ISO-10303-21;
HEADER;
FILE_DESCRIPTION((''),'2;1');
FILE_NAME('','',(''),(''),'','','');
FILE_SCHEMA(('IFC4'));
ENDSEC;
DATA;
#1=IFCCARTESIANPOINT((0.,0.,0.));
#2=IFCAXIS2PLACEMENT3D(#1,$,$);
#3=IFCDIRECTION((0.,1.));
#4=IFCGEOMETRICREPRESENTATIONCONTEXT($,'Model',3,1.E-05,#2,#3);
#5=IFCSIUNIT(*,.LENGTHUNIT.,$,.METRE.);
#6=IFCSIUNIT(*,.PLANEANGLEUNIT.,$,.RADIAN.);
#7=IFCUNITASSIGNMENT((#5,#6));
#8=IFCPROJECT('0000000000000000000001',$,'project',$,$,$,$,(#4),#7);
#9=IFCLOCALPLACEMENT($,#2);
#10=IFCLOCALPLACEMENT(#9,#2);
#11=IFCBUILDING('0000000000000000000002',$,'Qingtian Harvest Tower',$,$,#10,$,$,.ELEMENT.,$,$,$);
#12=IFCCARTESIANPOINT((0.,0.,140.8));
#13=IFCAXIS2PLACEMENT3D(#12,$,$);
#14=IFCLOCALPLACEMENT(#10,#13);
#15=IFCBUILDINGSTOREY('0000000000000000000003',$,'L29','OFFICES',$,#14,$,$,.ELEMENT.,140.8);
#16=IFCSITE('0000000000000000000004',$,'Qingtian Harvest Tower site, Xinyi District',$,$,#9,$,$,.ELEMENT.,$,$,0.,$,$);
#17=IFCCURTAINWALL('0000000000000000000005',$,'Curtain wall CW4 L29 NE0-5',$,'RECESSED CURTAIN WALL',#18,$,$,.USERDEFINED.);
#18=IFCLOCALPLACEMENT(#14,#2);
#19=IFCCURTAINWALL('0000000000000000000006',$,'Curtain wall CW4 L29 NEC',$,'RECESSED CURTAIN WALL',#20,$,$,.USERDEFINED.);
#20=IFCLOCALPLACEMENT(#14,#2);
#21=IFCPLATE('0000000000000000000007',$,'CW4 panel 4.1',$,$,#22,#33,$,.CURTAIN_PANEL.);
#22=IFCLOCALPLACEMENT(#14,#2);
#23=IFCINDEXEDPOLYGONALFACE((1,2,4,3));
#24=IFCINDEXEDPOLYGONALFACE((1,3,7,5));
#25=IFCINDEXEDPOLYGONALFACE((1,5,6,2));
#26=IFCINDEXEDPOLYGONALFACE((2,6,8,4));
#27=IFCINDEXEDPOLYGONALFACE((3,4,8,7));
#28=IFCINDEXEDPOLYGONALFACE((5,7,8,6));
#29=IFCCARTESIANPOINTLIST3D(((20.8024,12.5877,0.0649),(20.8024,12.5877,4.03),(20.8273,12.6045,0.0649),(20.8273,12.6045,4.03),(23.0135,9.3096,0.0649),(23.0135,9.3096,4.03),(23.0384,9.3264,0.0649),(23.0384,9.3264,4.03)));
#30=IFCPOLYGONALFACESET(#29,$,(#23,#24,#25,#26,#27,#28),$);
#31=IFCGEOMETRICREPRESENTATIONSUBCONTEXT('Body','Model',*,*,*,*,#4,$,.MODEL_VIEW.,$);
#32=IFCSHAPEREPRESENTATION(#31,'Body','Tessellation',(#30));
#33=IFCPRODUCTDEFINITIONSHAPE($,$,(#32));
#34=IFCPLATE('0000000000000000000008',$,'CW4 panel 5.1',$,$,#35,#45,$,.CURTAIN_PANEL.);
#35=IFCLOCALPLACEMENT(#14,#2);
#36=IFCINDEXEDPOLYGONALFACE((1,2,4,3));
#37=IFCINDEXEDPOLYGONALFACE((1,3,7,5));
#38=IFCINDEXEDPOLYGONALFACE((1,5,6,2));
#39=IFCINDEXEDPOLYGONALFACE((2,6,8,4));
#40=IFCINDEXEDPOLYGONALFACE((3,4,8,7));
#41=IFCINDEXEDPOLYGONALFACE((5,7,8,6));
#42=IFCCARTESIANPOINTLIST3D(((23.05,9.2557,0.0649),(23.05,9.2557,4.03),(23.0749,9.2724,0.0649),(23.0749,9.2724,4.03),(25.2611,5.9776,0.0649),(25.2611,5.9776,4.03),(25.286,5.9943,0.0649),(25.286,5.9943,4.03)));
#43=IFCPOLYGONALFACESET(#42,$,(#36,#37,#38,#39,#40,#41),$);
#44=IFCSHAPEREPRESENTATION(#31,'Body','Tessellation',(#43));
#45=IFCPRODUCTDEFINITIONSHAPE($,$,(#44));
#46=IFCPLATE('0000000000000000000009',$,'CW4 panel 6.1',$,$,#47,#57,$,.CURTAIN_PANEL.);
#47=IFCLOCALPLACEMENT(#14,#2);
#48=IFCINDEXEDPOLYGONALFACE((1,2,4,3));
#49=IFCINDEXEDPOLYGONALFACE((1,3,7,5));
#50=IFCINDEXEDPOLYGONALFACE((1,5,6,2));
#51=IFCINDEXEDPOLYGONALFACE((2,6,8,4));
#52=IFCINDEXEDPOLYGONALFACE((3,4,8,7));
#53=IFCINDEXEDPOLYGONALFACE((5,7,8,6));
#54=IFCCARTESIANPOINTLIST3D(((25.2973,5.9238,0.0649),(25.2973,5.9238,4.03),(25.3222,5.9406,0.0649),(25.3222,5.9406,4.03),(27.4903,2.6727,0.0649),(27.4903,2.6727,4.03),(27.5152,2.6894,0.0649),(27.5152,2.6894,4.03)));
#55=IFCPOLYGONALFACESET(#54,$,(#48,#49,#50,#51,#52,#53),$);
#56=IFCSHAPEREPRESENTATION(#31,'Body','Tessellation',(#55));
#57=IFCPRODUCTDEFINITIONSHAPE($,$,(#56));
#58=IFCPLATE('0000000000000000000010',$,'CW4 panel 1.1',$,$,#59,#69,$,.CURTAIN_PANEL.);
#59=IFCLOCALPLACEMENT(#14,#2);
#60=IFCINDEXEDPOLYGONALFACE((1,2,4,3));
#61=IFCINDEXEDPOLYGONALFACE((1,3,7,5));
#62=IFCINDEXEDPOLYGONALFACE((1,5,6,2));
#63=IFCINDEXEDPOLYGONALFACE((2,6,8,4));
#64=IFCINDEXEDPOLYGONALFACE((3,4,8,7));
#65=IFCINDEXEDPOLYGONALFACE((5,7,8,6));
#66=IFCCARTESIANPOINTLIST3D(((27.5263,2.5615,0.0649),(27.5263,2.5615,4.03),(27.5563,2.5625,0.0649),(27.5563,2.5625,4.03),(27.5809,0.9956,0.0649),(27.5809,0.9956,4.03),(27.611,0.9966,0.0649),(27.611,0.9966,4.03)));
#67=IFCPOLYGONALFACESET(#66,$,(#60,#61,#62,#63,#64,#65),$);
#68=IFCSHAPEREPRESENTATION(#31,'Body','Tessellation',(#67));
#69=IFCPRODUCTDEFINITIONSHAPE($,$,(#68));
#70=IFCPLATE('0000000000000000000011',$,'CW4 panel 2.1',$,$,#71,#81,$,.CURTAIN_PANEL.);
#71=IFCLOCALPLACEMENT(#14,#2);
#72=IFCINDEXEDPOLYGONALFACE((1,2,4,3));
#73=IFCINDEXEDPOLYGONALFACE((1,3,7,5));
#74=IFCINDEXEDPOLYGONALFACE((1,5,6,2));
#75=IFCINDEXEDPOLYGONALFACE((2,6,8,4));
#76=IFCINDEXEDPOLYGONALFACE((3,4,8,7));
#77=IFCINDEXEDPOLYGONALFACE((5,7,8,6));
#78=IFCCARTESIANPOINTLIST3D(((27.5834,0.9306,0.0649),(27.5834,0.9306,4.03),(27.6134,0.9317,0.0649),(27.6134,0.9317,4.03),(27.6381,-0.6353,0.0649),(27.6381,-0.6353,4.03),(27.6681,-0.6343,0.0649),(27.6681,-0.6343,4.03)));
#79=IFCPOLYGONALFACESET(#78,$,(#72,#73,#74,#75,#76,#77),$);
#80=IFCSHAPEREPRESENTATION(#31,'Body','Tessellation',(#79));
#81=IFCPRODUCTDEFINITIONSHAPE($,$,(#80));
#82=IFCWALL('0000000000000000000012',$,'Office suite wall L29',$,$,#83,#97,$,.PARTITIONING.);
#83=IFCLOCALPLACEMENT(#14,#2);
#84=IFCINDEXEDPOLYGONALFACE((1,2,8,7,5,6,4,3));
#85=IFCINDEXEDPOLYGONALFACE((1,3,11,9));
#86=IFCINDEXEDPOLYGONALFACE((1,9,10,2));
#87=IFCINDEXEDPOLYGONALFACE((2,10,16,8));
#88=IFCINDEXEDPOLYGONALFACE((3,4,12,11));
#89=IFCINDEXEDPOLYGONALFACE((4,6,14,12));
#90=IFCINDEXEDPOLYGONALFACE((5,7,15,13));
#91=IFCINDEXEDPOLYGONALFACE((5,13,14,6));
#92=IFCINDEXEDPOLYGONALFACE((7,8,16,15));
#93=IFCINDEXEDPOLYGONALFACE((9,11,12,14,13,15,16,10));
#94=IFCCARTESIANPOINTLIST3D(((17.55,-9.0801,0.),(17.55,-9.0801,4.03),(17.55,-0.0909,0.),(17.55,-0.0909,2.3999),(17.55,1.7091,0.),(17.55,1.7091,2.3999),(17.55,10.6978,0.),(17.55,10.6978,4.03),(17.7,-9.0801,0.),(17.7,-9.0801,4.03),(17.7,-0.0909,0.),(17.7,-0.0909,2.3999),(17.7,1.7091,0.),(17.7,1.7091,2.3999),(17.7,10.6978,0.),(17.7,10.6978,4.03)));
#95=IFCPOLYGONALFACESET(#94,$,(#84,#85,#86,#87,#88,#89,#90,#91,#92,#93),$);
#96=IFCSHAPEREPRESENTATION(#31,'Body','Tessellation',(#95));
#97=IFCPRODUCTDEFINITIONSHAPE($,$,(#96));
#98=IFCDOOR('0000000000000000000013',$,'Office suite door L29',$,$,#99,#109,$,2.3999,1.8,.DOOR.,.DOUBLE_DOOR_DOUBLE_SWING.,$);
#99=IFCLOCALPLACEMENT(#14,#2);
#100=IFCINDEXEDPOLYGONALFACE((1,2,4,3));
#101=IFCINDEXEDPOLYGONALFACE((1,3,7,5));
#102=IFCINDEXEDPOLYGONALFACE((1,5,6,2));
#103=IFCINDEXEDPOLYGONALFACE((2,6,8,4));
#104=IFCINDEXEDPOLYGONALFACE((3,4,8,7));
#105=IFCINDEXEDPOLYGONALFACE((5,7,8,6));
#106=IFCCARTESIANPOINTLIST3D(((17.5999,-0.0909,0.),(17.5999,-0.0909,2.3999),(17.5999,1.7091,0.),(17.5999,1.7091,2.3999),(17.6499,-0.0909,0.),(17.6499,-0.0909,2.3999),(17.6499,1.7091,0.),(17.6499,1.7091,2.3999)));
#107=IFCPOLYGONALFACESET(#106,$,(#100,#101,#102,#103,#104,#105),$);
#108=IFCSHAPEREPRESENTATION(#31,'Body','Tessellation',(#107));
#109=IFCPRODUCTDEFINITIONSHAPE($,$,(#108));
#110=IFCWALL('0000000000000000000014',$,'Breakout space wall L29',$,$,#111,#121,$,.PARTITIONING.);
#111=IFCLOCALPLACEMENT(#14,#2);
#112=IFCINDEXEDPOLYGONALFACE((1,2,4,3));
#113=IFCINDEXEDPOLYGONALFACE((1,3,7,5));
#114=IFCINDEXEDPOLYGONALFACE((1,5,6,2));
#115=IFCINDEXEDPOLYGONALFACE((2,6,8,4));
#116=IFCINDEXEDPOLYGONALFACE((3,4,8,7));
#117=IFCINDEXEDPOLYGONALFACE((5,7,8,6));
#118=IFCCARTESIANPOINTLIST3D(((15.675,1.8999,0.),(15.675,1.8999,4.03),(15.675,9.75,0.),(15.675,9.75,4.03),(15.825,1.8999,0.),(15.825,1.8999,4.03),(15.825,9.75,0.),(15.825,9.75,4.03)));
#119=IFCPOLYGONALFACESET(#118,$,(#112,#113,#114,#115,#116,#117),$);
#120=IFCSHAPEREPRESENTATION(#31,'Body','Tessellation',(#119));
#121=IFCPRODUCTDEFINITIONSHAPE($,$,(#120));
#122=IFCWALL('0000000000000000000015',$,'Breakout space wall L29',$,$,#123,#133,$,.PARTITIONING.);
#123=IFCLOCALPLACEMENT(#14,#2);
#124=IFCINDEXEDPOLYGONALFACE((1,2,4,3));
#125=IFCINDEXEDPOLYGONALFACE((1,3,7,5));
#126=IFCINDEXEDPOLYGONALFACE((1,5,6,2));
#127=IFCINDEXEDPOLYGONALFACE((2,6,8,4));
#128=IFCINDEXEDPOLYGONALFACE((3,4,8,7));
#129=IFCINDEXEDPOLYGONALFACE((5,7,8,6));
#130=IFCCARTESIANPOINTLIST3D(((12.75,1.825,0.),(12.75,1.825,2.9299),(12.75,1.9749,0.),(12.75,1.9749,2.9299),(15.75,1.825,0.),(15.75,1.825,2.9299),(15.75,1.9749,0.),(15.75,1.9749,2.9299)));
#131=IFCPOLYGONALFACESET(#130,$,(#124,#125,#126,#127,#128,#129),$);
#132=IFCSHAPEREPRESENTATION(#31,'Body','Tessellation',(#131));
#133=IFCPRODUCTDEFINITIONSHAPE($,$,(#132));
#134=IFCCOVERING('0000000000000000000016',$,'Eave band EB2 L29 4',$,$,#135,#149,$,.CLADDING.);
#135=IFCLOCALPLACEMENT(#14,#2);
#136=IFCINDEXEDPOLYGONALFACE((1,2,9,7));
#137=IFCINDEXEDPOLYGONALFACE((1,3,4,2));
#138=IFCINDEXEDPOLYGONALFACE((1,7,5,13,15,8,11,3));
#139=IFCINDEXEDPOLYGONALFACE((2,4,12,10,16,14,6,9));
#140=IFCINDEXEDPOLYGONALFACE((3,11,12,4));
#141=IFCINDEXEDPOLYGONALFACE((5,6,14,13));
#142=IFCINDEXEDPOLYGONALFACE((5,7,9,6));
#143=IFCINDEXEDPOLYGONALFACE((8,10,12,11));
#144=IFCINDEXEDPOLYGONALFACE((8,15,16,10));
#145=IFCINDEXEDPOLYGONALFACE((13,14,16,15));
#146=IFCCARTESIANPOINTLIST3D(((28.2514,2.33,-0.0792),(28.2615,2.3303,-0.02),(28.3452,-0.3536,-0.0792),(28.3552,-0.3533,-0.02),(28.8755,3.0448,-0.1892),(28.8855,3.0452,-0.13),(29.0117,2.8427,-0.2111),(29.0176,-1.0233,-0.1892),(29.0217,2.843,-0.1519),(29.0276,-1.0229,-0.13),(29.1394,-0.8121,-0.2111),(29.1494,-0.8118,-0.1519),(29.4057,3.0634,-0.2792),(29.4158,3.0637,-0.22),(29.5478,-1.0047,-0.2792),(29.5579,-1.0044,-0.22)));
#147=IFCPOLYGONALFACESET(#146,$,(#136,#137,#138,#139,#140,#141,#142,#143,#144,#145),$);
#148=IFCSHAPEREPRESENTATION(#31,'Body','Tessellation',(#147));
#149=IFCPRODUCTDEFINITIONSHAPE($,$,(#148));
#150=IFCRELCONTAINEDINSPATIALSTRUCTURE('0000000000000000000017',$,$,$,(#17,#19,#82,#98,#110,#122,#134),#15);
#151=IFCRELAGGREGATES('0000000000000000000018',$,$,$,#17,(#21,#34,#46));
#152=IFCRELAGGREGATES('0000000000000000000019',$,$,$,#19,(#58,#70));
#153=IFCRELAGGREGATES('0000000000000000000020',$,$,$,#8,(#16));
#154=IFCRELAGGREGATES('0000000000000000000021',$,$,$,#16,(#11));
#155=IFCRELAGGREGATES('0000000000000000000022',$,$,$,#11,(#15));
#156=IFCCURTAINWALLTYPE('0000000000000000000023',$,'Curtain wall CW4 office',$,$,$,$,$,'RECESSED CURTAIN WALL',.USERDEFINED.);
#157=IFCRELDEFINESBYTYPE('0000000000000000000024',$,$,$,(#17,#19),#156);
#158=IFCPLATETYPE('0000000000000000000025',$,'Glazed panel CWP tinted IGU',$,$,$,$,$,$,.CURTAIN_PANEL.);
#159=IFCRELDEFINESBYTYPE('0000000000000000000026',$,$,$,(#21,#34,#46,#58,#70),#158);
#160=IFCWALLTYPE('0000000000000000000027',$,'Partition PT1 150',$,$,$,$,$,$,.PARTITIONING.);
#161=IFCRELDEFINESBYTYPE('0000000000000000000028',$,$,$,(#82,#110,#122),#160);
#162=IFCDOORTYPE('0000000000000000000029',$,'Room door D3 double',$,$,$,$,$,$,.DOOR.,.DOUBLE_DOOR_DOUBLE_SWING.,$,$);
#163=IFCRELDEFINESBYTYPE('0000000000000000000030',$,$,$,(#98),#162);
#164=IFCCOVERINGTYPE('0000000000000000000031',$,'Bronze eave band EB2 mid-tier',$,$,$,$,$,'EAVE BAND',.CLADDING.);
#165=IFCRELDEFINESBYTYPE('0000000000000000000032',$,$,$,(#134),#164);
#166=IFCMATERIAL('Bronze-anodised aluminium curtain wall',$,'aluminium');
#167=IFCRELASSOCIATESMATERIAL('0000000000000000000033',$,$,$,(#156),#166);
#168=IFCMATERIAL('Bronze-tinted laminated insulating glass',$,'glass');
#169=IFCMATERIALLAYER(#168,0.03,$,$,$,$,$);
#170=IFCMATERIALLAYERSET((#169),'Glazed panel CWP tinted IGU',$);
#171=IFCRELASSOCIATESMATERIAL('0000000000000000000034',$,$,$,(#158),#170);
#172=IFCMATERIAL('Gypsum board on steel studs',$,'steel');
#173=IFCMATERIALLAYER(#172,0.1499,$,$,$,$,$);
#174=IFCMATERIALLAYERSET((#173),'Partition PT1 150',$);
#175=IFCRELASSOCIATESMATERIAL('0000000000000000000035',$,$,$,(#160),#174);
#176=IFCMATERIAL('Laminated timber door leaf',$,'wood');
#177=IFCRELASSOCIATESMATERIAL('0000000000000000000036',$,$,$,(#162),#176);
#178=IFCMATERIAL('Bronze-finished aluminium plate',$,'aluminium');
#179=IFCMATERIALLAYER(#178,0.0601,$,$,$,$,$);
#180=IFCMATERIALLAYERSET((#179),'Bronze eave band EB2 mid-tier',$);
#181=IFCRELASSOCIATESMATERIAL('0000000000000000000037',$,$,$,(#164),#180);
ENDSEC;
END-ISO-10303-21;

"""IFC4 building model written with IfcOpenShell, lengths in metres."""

from ifc_helpers import new_model, si_unit, direction, frame, frame_2d, origin, origin_2d, place, context, subcontext, project, spatial, polyline, rectangle, outline, extrude, material, layer, layer_set, type_object, element, fill, aggregate, save


model = new_model("IFC4")

# Units and contexts
model_context = context("Model", 3, precision=1e-05, world=origin(), true_north=direction((0.0, 1.0)))
body_context = subcontext(model_context, "Body", "Model", "MODEL_VIEW")
ifc_project = project(units=[si_unit("LENGTHUNIT", "METRE"), si_unit("PLANEANGLEUNIT", "RADIAN")], contexts=[model_context])

# Site, building, storey
site_placement = place(None, origin())
site = spatial("IfcSite", under=ifc_project, at=site_placement, Name="Qingtian Harvest Tower site, Xinyi District", CompositionType="ELEMENT", RefElevation=0.0)
building_placement = place(site_placement, origin())
building = spatial("IfcBuilding", under=site, at=building_placement, Name="Qingtian Harvest Tower", CompositionType="ELEMENT")
storey_placement = place(building_placement, frame((0.0, 0.0, 140.8)))
storey = spatial("IfcBuildingStorey", under=building, at=storey_placement, Name="L29", Description="OFFICES", CompositionType="ELEMENT", Elevation=140.8)

# Curtain walls
ifc_material_1 = material(Name="Bronze-anodised aluminium curtain wall", Category="aluminium")
curtain_wall_type = type_object("IfcCurtainWallType", Name="Curtain wall CW4 office", ElementType="RECESSED CURTAIN WALL", PredefinedType="USERDEFINED", material=ifc_material_1)
curtain_wall_1_placement = place(storey_placement, origin())
curtain_wall_1 = element("IfcCurtainWall", 1, at=curtain_wall_1_placement, inside=storey, type_object=curtain_wall_type, Name="Curtain wall CW4 L29 NE0-5", ObjectType="RECESSED CURTAIN WALL", PredefinedType="USERDEFINED")
curtain_wall_2_placement = place(storey_placement, origin())
curtain_wall_2 = element("IfcCurtainWall", 2, at=curtain_wall_2_placement, inside=storey, type_object=curtain_wall_type, Name="Curtain wall CW4 L29 NEC", ObjectType="RECESSED CURTAIN WALL", PredefinedType="USERDEFINED")

# Plates
ifc_material_2 = material(Name="Bronze-tinted laminated insulating glass", Category="glass")
ifc_layer_1 = layer(ifc_material_2, 0.03)
ifc_layer_set_1 = layer_set([ifc_layer_1], Name="Glazed panel CWP tinted IGU")
plate_type = type_object("IfcPlateType", Name="Glazed panel CWP tinted IGU", PredefinedType="CURTAIN_PANEL", material=ifc_layer_set_1)
plate_1_placement = place(storey_placement, frame((21.9204, 10.957, 0.0649), z_axis=(0.0, 0.0, 1.0), x_axis=(0.559193, -0.829038, 0.0)))
plate_1 = element("IfcPlate", 3, at=plate_1_placement, type_object=plate_type, Name="CW4 panel 4.1", PredefinedType="CURTAIN_PANEL", context=body_context, shape_type="SweptSolid", body=[
    extrude(rectangle(XDim=3.9541, YDim=0.03, at=origin_2d()), origin(), (0.0, 0.0, 1.0), 3.9651),
])
plate_2_placement = place(storey_placement, frame((24.168, 7.625, 0.0649), z_axis=(0.0, 0.0, 1.0), x_axis=(0.559193, -0.829038, 0.0)))
plate_2 = element("IfcPlate", 4, at=plate_2_placement, type_object=plate_type, Name="CW4 panel 5.1", PredefinedType="CURTAIN_PANEL", context=body_context, shape_type="SweptSolid", body=[
    extrude(rectangle(XDim=3.9541, YDim=0.03, at=origin_2d()), origin(), (0.0, 0.0, 1.0), 3.9651),
])
plate_3_placement = place(storey_placement, frame((26.4062, 4.3066, 0.0649), z_axis=(0.0, 0.0, 1.0), x_axis=(0.559193, -0.829038, 0.0)))
plate_3 = element("IfcPlate", 5, at=plate_3_placement, type_object=plate_type, Name="CW4 panel 6.1", PredefinedType="CURTAIN_PANEL", context=body_context, shape_type="SweptSolid", body=[
    extrude(rectangle(XDim=3.9216, YDim=0.03, at=origin_2d()), origin(), (0.0, 0.0, 1.0), 3.9651),
])
aggregate(curtain_wall_1, [plate_1, plate_2, plate_3])
plate_4_placement = place(storey_placement, frame((27.5686, 1.7791, 0.0649), z_axis=(0.0, 0.0, 1.0), x_axis=(0.034899, -0.999391, 0.0)))
plate_4 = element("IfcPlate", 6, at=plate_4_placement, type_object=plate_type, Name="CW4 panel 1.1", PredefinedType="CURTAIN_PANEL", context=body_context, shape_type="SweptSolid", body=[
    extrude(rectangle(XDim=1.5669, YDim=0.03, at=origin_2d()), origin(), (0.0, 0.0, 1.0), 3.9651),
])
plate_5_placement = place(storey_placement, frame((27.6257, 0.1482, 0.0649), z_axis=(0.0, 0.0, 1.0), x_axis=(0.034899, -0.999391, 0.0)))
plate_5 = element("IfcPlate", 7, at=plate_5_placement, type_object=plate_type, Name="CW4 panel 2.1", PredefinedType="CURTAIN_PANEL", context=body_context, shape_type="SweptSolid", body=[
    extrude(rectangle(XDim=1.5669, YDim=0.03, at=origin_2d()), origin(), (0.0, 0.0, 1.0), 3.9651),
])
aggregate(curtain_wall_2, [plate_4, plate_5])

# Wall, opening, door
ifc_material_3 = material(Name="Gypsum board on steel studs", Category="steel")
ifc_layer_2 = layer(ifc_material_3, 0.1499)
ifc_layer_set_2 = layer_set([ifc_layer_2], Name="Partition PT1 150")
wall_type = type_object("IfcWallType", Name="Partition PT1 150", PredefinedType="PARTITIONING", material=ifc_layer_set_2)
wall_1_placement = place(storey_placement, frame((17.625, 10.6978, 0.0), z_axis=(0.0, 0.0, 1.0), x_axis=(0.0, -1.0, 0.0)))
wall_1 = element("IfcWall", 8, at=wall_1_placement, inside=storey, type_object=wall_type, Name="Office suite wall L29", PredefinedType="PARTITIONING", context=body_context, shape_type="SweptSolid", body=[
    extrude(rectangle(XDim=19.7778, YDim=0.1499, at=frame_2d((9.8889, 0.0))), origin(), (0.0, 0.0, 1.0), 4.03),
])
opening_placement = place(wall_1_placement, frame((8.9888, 0.0, 0.0)))
opening = element("IfcOpeningElement", 9, at=opening_placement, cuts=wall_1, PredefinedType="OPENING", context=body_context, shape_type="SweptSolid", body=[
    extrude(rectangle(XDim=1.8, YDim=2.3999, at=frame_2d((0.8999, 1.2))), frame((0.0, 0.085, 0.0), z_axis=(0.0, -1.0, 0.0), x_axis=(1.0, 0.0, 0.0)), (0.0, 0.0, 1.0), 0.1699),
])
ifc_material_4 = material(Name="Laminated timber door leaf", Category="wood")
door_type = type_object("IfcDoorType", Name="Room door D3 double", OperationType="DOUBLE_DOOR_DOUBLE_SWING", PredefinedType="DOOR", material=ifc_material_4)
door_placement = place(opening_placement, origin())
door = element("IfcDoor", 10, at=door_placement, inside=storey, type_object=door_type, Name="Office suite door L29", OperationType="DOUBLE_DOOR_DOUBLE_SWING", OverallHeight=2.3999, OverallWidth=1.8, PredefinedType="DOOR", context=body_context, shape_type="SweptSolid", body=[
    extrude(rectangle(XDim=1.8, YDim=2.3999, at=frame_2d((0.8999, 1.2))), frame((0.0, 0.0249, 0.0), z_axis=(0.0, -1.0, 0.0), x_axis=(1.0, 0.0, 0.0)), (0.0, 0.0, 1.0), 0.05),
])
fill(opening, door)

# Walls
wall_2_placement = place(storey_placement, frame((15.75, 1.8999, 0.0), z_axis=(0.0, 0.0, 1.0), x_axis=(0.0, 1.0, 0.0)))
element("IfcWall", 11, at=wall_2_placement, inside=storey, type_object=wall_type, Name="Breakout space wall L29", PredefinedType="PARTITIONING", context=body_context, shape_type="SweptSolid", body=[
    extrude(rectangle(XDim=7.8501, YDim=0.1499, at=frame_2d((3.925, 0.0))), origin(), (0.0, 0.0, 1.0), 4.03),
])
wall_3_placement = place(storey_placement, frame((12.75, 1.8999, 0.0), z_axis=(0.0, 0.0, 1.0), x_axis=(1.0, 0.0, 0.0)))
element("IfcWall", 12, at=wall_3_placement, inside=storey, type_object=wall_type, Name="Breakout space wall L29", PredefinedType="PARTITIONING", context=body_context, shape_type="SweptSolid", body=[
    extrude(rectangle(XDim=3.0, YDim=0.1499, at=frame_2d((1.5, 0.0))), origin(), (0.0, 0.0, 1.0), 2.9299),
])

# Covering
ifc_material_5 = material(Name="Bronze-finished aluminium plate", Category="aluminium")
ifc_layer_3 = layer(ifc_material_5, 0.0601)
ifc_layer_set_3 = layer_set([ifc_layer_3], Name="Bronze eave band EB2 mid-tier")
covering_type = type_object("IfcCoveringType", Name="Bronze eave band EB2 mid-tier", ElementType="EAVE BAND", PredefinedType="CLADDING", material=ifc_layer_set_3)
covering_placement = place(storey_placement, frame((28.2615, 2.3303, -0.02), z_axis=(0.167079, 0.005836, 0.985926), x_axis=(0.820645, 0.553425, -0.142345)))
element("IfcCovering", 13, at=covering_placement, inside=storey, type_object=covering_type, Name="Eave band EB2 L29 4", PredefinedType="CLADDING", context=body_context, shape_type="SweptSolid", body=[
    extrude(outline(polyline([(0.0, 0.0), (0.9264, 0.0), (0.9234, 0.2447), (1.3816, -0.0375), (-0.7532, -3.5034), (-1.2114, -3.2212), (-0.9915, -3.1138), (-1.4082, -2.2863), (0.0, 0.0)])), origin(), (0.0, 0.0, -1.0), 0.0601),
])

save(model, "model.ifc")
